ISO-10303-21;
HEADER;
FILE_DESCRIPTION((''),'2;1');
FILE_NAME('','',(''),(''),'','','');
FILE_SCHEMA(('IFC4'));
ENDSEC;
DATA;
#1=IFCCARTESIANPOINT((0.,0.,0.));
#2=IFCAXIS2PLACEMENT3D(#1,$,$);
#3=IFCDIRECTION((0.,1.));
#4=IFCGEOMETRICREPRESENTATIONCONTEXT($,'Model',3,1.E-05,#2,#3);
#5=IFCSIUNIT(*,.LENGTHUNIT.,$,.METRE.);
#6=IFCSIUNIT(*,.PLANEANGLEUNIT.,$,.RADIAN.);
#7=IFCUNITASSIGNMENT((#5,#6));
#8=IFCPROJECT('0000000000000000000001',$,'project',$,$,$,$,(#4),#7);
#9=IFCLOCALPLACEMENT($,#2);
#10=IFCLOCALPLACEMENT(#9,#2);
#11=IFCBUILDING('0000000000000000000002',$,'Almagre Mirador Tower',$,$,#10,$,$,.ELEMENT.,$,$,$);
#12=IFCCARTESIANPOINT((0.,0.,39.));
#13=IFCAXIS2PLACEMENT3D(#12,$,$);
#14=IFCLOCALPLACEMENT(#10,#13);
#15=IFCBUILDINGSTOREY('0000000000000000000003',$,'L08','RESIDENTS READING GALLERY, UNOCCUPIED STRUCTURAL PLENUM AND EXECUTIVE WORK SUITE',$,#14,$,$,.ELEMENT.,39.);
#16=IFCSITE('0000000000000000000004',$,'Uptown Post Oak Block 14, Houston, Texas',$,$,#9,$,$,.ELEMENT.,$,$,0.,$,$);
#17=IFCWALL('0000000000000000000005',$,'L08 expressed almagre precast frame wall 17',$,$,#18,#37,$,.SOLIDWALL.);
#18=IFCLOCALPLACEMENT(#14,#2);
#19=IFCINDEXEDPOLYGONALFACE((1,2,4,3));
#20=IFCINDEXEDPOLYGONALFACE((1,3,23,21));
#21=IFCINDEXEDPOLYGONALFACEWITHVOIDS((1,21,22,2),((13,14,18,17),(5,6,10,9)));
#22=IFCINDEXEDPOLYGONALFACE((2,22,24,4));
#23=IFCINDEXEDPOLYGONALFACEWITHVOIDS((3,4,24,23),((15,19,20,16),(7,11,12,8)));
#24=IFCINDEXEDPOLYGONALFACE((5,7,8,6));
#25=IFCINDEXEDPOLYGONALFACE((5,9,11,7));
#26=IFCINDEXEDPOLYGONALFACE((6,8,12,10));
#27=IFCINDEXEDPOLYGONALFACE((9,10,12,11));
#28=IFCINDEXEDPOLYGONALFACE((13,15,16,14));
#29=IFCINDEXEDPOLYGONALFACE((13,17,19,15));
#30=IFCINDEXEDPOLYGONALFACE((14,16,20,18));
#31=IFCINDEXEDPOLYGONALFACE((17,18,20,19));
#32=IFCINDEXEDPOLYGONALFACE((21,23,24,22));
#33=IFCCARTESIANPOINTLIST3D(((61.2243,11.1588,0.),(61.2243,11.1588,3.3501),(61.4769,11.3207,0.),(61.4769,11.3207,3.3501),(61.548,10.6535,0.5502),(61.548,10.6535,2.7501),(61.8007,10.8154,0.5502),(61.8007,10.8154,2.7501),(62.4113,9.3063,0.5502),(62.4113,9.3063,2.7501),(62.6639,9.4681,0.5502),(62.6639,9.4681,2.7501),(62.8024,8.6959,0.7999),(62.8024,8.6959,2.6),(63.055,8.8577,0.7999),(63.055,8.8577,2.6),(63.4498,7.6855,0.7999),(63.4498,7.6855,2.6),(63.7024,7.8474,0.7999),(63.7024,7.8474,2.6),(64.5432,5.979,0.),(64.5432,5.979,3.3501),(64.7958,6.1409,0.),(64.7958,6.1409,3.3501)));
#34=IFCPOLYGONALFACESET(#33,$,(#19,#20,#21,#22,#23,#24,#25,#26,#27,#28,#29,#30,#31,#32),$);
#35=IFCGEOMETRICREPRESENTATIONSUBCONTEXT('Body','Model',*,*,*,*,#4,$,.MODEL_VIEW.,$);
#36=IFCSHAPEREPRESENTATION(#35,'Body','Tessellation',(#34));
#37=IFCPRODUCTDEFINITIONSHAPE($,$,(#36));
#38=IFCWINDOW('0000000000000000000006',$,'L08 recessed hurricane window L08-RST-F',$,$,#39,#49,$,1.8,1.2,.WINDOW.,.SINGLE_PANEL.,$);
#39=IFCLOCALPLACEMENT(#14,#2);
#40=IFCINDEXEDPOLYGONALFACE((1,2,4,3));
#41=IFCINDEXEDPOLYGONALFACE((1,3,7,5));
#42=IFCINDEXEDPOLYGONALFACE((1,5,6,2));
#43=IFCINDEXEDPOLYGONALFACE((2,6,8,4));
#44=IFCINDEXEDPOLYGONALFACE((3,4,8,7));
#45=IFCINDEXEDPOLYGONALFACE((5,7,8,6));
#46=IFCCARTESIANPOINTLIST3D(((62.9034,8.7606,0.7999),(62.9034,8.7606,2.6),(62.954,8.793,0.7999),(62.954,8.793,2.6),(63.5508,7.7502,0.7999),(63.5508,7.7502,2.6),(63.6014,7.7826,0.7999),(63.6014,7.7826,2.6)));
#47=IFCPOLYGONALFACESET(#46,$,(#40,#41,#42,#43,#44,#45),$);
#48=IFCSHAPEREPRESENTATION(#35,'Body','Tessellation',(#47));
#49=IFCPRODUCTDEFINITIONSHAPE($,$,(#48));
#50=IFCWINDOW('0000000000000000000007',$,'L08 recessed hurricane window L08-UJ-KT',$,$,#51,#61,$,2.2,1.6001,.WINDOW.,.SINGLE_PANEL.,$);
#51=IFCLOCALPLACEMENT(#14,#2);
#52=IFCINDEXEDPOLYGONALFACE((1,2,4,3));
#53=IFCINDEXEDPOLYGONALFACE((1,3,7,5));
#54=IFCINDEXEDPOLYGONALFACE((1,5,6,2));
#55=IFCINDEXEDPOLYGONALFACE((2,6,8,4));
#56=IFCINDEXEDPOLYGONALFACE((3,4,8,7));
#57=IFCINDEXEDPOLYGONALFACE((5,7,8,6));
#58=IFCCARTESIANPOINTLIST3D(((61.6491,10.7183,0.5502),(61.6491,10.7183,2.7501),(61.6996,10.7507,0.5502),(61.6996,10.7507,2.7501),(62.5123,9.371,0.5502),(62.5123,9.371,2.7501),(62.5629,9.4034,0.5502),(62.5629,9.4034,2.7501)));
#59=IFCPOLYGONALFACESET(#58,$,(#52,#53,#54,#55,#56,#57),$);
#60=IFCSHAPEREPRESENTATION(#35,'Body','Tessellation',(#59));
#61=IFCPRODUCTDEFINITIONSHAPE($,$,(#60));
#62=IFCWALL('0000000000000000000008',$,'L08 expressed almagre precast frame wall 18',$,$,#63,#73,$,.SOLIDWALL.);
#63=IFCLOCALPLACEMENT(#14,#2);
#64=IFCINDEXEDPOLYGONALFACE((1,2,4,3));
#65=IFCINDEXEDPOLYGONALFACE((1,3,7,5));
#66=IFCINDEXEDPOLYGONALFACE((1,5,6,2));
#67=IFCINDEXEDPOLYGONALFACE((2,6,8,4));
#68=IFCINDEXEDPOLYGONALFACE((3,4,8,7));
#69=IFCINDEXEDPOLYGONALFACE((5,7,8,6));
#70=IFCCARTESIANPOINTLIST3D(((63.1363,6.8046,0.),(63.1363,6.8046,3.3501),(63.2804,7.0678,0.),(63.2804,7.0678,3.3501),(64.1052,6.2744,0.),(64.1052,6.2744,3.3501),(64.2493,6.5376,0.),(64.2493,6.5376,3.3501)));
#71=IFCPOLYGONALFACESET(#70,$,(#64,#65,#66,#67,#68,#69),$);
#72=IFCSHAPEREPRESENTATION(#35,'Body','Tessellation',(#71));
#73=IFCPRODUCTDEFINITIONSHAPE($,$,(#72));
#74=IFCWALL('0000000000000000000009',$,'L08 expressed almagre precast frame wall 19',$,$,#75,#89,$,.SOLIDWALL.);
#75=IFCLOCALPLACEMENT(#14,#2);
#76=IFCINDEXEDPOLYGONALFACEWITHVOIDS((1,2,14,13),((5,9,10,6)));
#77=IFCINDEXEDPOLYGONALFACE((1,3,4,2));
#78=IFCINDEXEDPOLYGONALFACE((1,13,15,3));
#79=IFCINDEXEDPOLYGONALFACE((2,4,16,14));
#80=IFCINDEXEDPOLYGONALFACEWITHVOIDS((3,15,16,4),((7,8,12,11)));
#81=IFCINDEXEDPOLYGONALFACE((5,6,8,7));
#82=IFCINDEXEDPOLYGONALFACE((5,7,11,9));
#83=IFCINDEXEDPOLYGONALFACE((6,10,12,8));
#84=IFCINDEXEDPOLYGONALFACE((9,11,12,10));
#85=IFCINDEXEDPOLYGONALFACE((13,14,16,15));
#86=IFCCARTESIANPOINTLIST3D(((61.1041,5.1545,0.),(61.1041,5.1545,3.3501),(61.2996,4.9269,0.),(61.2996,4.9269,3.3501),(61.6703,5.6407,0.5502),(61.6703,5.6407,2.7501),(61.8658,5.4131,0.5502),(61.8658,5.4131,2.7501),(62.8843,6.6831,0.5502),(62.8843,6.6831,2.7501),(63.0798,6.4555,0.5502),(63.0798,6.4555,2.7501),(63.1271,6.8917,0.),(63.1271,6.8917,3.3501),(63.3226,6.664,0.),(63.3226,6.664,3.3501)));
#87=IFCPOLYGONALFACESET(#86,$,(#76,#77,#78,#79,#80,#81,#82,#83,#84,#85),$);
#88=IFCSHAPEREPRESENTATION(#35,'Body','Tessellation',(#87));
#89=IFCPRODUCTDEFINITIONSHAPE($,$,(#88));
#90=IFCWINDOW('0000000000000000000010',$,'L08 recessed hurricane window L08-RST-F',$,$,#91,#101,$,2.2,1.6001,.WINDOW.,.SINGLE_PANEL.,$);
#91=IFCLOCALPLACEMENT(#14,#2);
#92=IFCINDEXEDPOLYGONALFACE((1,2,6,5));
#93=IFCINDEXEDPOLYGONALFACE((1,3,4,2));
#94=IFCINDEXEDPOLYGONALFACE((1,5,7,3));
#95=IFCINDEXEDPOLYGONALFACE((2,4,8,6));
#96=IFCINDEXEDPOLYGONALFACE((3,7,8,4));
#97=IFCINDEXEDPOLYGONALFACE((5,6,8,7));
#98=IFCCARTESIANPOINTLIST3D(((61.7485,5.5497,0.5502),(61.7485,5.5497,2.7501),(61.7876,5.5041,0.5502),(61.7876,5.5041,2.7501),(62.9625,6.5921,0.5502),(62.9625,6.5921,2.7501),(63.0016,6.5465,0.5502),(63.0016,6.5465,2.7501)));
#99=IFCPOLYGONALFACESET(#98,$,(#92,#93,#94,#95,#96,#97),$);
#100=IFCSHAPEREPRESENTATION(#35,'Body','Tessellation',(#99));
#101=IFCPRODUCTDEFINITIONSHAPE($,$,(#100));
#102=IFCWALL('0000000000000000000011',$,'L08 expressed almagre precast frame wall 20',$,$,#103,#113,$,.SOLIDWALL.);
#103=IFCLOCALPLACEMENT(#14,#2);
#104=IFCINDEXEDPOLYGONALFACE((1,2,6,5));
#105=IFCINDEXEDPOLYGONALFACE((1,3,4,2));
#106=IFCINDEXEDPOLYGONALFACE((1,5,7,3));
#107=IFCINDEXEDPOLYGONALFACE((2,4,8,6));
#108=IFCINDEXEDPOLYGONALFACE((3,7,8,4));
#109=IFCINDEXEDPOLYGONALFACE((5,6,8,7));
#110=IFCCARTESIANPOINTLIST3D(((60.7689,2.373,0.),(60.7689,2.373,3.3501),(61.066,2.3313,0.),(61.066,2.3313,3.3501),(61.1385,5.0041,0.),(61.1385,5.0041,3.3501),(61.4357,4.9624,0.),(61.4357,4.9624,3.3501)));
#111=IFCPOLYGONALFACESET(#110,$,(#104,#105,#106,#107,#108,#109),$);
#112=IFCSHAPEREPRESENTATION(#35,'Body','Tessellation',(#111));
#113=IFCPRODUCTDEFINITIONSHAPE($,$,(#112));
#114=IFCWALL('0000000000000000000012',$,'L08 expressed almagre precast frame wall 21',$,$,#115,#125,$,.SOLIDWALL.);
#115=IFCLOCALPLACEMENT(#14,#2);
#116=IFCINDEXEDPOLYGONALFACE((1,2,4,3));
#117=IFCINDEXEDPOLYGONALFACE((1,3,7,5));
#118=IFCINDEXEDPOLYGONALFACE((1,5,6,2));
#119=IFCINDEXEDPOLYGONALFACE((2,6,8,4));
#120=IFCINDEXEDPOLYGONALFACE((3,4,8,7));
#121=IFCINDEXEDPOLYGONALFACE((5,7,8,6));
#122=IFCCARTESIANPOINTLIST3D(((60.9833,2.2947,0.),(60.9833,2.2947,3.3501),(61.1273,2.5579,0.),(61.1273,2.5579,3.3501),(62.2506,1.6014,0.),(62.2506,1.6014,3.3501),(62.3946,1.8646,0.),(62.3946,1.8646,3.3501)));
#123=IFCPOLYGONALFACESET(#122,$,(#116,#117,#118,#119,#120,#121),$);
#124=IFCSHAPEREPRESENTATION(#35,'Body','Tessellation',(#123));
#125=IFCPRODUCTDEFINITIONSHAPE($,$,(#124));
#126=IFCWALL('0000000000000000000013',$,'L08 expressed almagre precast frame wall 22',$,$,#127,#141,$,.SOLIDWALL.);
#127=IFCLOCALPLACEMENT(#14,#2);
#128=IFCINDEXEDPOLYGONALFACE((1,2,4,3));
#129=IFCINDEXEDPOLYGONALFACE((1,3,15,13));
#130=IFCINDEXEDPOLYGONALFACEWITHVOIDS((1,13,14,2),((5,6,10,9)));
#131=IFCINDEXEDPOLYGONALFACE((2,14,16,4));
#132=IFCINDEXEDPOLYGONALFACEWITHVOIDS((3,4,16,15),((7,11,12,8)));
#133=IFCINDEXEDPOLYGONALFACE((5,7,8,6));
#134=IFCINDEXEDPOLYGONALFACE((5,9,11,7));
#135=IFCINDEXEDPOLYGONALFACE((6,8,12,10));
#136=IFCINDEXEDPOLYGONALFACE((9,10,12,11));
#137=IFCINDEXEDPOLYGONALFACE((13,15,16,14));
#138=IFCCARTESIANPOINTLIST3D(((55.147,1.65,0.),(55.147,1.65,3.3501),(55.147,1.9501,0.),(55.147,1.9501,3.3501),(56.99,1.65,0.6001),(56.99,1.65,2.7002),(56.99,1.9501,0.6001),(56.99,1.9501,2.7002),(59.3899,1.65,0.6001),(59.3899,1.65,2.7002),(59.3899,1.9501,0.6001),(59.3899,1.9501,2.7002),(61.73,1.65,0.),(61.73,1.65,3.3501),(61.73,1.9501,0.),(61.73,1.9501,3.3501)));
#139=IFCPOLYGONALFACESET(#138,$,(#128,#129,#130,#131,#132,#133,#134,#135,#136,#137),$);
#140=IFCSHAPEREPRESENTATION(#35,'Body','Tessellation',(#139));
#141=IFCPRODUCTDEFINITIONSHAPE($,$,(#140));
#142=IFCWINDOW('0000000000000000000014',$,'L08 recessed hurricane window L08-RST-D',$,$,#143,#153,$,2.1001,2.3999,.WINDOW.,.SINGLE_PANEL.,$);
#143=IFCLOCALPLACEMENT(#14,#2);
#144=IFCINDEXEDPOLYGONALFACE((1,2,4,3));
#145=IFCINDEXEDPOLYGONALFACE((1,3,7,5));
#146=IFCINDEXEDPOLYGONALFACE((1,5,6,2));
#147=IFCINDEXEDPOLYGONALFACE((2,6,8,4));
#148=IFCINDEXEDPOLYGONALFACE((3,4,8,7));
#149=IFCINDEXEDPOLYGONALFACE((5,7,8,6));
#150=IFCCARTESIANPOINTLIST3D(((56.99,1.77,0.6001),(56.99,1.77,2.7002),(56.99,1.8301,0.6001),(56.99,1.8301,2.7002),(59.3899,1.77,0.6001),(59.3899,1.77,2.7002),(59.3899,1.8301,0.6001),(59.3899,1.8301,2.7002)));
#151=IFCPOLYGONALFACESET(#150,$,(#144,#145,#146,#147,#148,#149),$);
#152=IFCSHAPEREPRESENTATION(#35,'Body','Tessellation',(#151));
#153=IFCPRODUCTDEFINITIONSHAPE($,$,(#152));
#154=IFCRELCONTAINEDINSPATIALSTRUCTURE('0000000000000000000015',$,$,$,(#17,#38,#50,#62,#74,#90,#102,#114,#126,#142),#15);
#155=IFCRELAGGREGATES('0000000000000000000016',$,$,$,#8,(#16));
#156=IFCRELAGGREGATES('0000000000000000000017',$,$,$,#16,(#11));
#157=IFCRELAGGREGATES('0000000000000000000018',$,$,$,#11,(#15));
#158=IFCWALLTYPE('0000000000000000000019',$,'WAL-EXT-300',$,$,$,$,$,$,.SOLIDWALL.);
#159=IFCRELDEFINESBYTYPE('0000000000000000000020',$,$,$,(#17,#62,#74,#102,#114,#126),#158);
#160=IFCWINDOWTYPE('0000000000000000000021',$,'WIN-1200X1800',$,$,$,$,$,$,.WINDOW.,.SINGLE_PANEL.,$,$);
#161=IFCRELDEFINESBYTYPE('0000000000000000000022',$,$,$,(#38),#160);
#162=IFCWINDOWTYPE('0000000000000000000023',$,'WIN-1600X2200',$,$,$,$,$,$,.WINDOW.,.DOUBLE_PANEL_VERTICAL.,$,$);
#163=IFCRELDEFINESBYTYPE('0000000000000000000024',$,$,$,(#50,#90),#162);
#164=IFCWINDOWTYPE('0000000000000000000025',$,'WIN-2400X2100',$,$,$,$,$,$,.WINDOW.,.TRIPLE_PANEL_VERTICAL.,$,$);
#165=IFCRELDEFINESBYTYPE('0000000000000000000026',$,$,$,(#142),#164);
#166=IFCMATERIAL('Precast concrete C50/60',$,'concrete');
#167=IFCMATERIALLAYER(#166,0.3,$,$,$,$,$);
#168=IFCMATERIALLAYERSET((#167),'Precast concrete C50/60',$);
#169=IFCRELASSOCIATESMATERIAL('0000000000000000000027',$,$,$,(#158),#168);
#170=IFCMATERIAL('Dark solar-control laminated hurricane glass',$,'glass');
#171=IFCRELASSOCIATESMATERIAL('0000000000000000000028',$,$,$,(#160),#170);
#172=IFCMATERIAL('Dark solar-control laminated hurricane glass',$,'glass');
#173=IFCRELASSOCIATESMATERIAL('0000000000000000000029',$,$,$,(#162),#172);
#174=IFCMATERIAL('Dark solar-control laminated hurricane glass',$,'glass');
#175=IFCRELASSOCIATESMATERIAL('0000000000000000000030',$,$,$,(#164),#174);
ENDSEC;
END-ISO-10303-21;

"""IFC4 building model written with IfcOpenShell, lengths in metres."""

from ifc_helpers import new_model, si_unit, direction, frame, frame_2d, origin, place, context, subcontext, project, spatial, rectangle, extrude, material, layer, layer_set, type_object, element, fill, save


model = new_model("IFC4")

# Units and contexts
model_context = context("Model", 3, precision=1e-05, world=origin(), true_north=direction((0.0, 1.0)))
body_context = subcontext(model_context, "Body", "Model", "MODEL_VIEW")
ifc_project = project(units=[si_unit("LENGTHUNIT", "METRE"), si_unit("PLANEANGLEUNIT", "RADIAN")], contexts=[model_context])

# Site, building, storey
site_placement = place(None, origin())
site = spatial("IfcSite", under=ifc_project, at=site_placement, Name="Uptown Post Oak Block 14, Houston, Texas", CompositionType="ELEMENT", RefElevation=0.0)
building_placement = place(site_placement, origin())
building = spatial("IfcBuilding", under=site, at=building_placement, Name="Almagre Mirador Tower", CompositionType="ELEMENT")
storey_placement = place(building_placement, frame((0.0, 0.0, 39.0)))
storey = spatial("IfcBuildingStorey", under=building, at=storey_placement, Name="L08", Description="RESIDENTS READING GALLERY, UNOCCUPIED STRUCTURAL PLENUM AND EXECUTIVE WORK SUITE", CompositionType="ELEMENT", Elevation=39.0)

# Wall, openings, windows
ifc_material_1 = material(Name="Precast concrete C50/60", Category="concrete")
ifc_layer_1 = layer(ifc_material_1, 0.3)
ifc_layer_set_1 = layer_set([ifc_layer_1], Name="Precast concrete C50/60")
wall_type_1 = type_object("IfcWallType", Name="WAL-EXT-300", PredefinedType="SOLIDWALL", material=ifc_layer_set_1)
wall_1_placement = place(storey_placement, frame((61.3506, 11.2397, 0.0), z_axis=(0.0, 0.0, 1.0), x_axis=(0.539497, -0.841987, 0.0)))
wall_1 = element("IfcWall", 1, at=wall_1_placement, inside=storey, type_object=wall_type_1, Name="L08 expressed almagre precast frame wall 17", PredefinedType="SOLIDWALL", context=body_context, shape_type="SweptSolid", body=[
    extrude(rectangle(XDim=6.1519, YDim=0.3, at=frame_2d((3.0759, 0.0))), origin(), (0.0, 0.0, 1.0), 3.3501),
])
opening_1_placement = place(wall_1_placement, frame((2.925, 0.0, 0.8)))
opening_1 = element("IfcOpeningElement", 2, at=opening_1_placement, cuts=wall_1, PredefinedType="OPENING", context=body_context, shape_type="SweptSolid", body=[
    extrude(rectangle(XDim=1.2, YDim=1.8, at=frame_2d((0.6001, 0.8999))), frame((0.0, 0.1599, 0.0), z_axis=(0.0, -1.0, 0.0), x_axis=(1.0, 0.0, 0.0)), (0.0, 0.0, 1.0), 0.32),
])
opening_2_placement = place(wall_1_placement, frame((0.6001, 0.0, 0.55)))
opening_2 = element("IfcOpeningElement", 3, at=opening_2_placement, cuts=wall_1, PredefinedType="OPENING", context=body_context, shape_type="SweptSolid", body=[
    extrude(rectangle(XDim=1.6001, YDim=2.2, at=frame_2d((0.8, 1.1001))), frame((0.0, 0.1599, 0.0), z_axis=(0.0, -1.0, 0.0), x_axis=(1.0, 0.0, 0.0)), (0.0, 0.0, 1.0), 0.32),
])
ifc_material_2 = material(Name="Dark solar-control laminated hurricane glass", Category="glass")
window_type_1 = type_object("IfcWindowType", Name="WIN-1200X1800", PartitioningType="SINGLE_PANEL", PredefinedType="WINDOW", material=ifc_material_2)
window_1_placement = place(opening_1_placement, origin())
window_1 = element("IfcWindow", 4, at=window_1_placement, inside=storey, type_object=window_type_1, Name="L08 recessed hurricane window L08-RST-F", OverallHeight=1.8, OverallWidth=1.2, PartitioningType="SINGLE_PANEL", PredefinedType="WINDOW", context=body_context, shape_type="SweptSolid", body=[
    extrude(rectangle(XDim=1.2, YDim=1.8, at=frame_2d((0.6001, 0.8999))), frame((0.0, 0.03, 0.0), z_axis=(0.0, -1.0, 0.0), x_axis=(1.0, 0.0, 0.0)), (0.0, 0.0, 1.0), 0.0601),
])
fill(opening_1, window_1)
ifc_material_3 = material(Name="Dark solar-control laminated hurricane glass", Category="glass")
window_type_2 = type_object("IfcWindowType", Name="WIN-1600X2200", PartitioningType="DOUBLE_PANEL_VERTICAL", PredefinedType="WINDOW", material=ifc_material_3)
window_2_placement = place(opening_2_placement, origin())
window_2 = element("IfcWindow", 5, at=window_2_placement, inside=storey, type_object=window_type_2, Name="L08 recessed hurricane window L08-UJ-KT", OverallHeight=2.2, OverallWidth=1.6001, PartitioningType="SINGLE_PANEL", PredefinedType="WINDOW", context=body_context, shape_type="SweptSolid", body=[
    extrude(rectangle(XDim=1.6001, YDim=2.2, at=frame_2d((0.8, 1.1001))), frame((0.0, 0.03, 0.0), z_axis=(0.0, -1.0, 0.0), x_axis=(1.0, 0.0, 0.0)), (0.0, 0.0, 1.0), 0.0601),
])
fill(opening_2, window_2)

# Wall
wall_2_placement = place(storey_placement, frame((64.1772, 6.406, 0.0), z_axis=(0.0, 0.0, 1.0), x_axis=(-0.877236, 0.48006, 0.0)))
element("IfcWall", 6, at=wall_2_placement, inside=storey, type_object=wall_type_1, Name="L08 expressed almagre precast frame wall 18", PredefinedType="SOLIDWALL", context=body_context, shape_type="SweptSolid", body=[
    extrude(rectangle(XDim=1.1045, YDim=0.3, at=frame_2d((0.5522, 0.0))), origin(), (0.0, 0.0, 1.0), 3.3501),
])

# Wall, opening, window
wall_3_placement = place(storey_placement, frame((63.2249, 6.7778, 0.0), z_axis=(0.0, 0.0, 1.0), x_axis=(-0.758681, -0.651462, 0.0)))
wall_3 = element("IfcWall", 7, at=wall_3_placement, inside=storey, type_object=wall_type_1, Name="L08 expressed almagre precast frame wall 19", PredefinedType="SOLIDWALL", context=body_context, shape_type="SweptSolid", body=[
    extrude(rectangle(XDim=2.6665, YDim=0.3, at=frame_2d((1.3333, 0.0))), origin(), (0.0, 0.0, 1.0), 3.3501),
])
opening_3_placement = place(wall_3_placement, frame((0.3201, 0.0, 0.55)))
opening_3 = element("IfcOpeningElement", 8, at=opening_3_placement, cuts=wall_3, PredefinedType="OPENING", context=body_context, shape_type="SweptSolid", body=[
    extrude(rectangle(XDim=1.6001, YDim=2.2, at=frame_2d((0.8, 1.1001))), frame((0.0, 0.1599, 0.0), z_axis=(0.0, -1.0, 0.0), x_axis=(1.0, 0.0, 0.0)), (0.0, 0.0, 1.0), 0.32),
])
window_3_placement = place(opening_3_placement, origin())
window_3 = element("IfcWindow", 9, at=window_3_placement, inside=storey, type_object=window_type_2, Name="L08 recessed hurricane window L08-RST-F", OverallHeight=2.2, OverallWidth=1.6001, PartitioningType="SINGLE_PANEL", PredefinedType="WINDOW", context=body_context, shape_type="SweptSolid", body=[
    extrude(rectangle(XDim=1.6001, YDim=2.2, at=frame_2d((0.8, 1.1001))), frame((0.0, 0.03, 0.0), z_axis=(0.0, -1.0, 0.0), x_axis=(1.0, 0.0, 0.0)), (0.0, 0.0, 1.0), 0.0601),
])
fill(opening_3, window_3)

# Walls
wall_4_placement = place(storey_placement, frame((61.2871, 4.9834, 0.0), z_axis=(0.0, 0.0, 1.0), x_axis=(-0.139118, -0.990276, 0.0)))
element("IfcWall", 10, at=wall_4_placement, inside=storey, type_object=wall_type_1, Name="L08 expressed almagre precast frame wall 20", PredefinedType="SOLIDWALL", context=body_context, shape_type="SweptSolid", body=[
    extrude(rectangle(XDim=2.657, YDim=0.3, at=frame_2d((1.3286, 0.0))), origin(), (0.0, 0.0, 1.0), 3.3501),
])
wall_5_placement = place(storey_placement, frame((61.0554, 2.4263, 0.0), z_axis=(0.0, 0.0, 1.0), x_axis=(0.877288, -0.479965, 0.0)))
element("IfcWall", 11, at=wall_5_placement, inside=storey, type_object=wall_type_1, Name="L08 expressed almagre precast frame wall 21", PredefinedType="SOLIDWALL", context=body_context, shape_type="SweptSolid", body=[
    extrude(rectangle(XDim=1.4446, YDim=0.3, at=frame_2d((0.7222, 0.0))), origin(), (0.0, 0.0, 1.0), 3.3501),
])

# Wall, opening, window
wall_6_placement = place(storey_placement, frame((61.73, 1.8, 0.0), z_axis=(0.0, 0.0, 1.0), x_axis=(-1.0, 0.0, 0.0)))
wall_6 = element("IfcWall", 12, at=wall_6_placement, inside=storey, type_object=wall_type_1, Name="L08 expressed almagre precast frame wall 22", PredefinedType="SOLIDWALL", context=body_context, shape_type="SweptSolid", body=[
    extrude(rectangle(XDim=6.583, YDim=0.3, at=frame_2d((3.2915, 0.0))), origin(), (0.0, 0.0, 1.0), 3.3501),
])
opening_4_placement = place(wall_6_placement, frame((2.3401, 0.0, 0.6001)))
opening_4 = element("IfcOpeningElement", 13, at=opening_4_placement, cuts=wall_6, PredefinedType="OPENING", context=body_context, shape_type="SweptSolid", body=[
    extrude(rectangle(XDim=2.3999, YDim=2.1001, at=frame_2d((1.2, 1.05))), frame((0.0, 0.1599, 0.0), z_axis=(0.0, -1.0, 0.0), x_axis=(1.0, 0.0, 0.0)), (0.0, 0.0, 1.0), 0.32),
])
ifc_material_4 = material(Name="Dark solar-control laminated hurricane glass", Category="glass")
window_type_3 = type_object("IfcWindowType", Name="WIN-2400X2100", PartitioningType="TRIPLE_PANEL_VERTICAL", PredefinedType="WINDOW", material=ifc_material_4)
window_4_placement = place(opening_4_placement, origin())
window_4 = element("IfcWindow", 14, at=window_4_placement, inside=storey, type_object=window_type_3, Name="L08 recessed hurricane window L08-RST-D", OverallHeight=2.1001, OverallWidth=2.3999, PartitioningType="SINGLE_PANEL", PredefinedType="WINDOW", context=body_context, shape_type="SweptSolid", body=[
    extrude(rectangle(XDim=2.3999, YDim=2.1001, at=frame_2d((1.2, 1.05))), frame((0.0, 0.03, 0.0), z_axis=(0.0, -1.0, 0.0), x_axis=(1.0, 0.0, 0.0)), (0.0, 0.0, 1.0), 0.0601),
])
fill(opening_4, window_4)

save(model, "model.ifc")
